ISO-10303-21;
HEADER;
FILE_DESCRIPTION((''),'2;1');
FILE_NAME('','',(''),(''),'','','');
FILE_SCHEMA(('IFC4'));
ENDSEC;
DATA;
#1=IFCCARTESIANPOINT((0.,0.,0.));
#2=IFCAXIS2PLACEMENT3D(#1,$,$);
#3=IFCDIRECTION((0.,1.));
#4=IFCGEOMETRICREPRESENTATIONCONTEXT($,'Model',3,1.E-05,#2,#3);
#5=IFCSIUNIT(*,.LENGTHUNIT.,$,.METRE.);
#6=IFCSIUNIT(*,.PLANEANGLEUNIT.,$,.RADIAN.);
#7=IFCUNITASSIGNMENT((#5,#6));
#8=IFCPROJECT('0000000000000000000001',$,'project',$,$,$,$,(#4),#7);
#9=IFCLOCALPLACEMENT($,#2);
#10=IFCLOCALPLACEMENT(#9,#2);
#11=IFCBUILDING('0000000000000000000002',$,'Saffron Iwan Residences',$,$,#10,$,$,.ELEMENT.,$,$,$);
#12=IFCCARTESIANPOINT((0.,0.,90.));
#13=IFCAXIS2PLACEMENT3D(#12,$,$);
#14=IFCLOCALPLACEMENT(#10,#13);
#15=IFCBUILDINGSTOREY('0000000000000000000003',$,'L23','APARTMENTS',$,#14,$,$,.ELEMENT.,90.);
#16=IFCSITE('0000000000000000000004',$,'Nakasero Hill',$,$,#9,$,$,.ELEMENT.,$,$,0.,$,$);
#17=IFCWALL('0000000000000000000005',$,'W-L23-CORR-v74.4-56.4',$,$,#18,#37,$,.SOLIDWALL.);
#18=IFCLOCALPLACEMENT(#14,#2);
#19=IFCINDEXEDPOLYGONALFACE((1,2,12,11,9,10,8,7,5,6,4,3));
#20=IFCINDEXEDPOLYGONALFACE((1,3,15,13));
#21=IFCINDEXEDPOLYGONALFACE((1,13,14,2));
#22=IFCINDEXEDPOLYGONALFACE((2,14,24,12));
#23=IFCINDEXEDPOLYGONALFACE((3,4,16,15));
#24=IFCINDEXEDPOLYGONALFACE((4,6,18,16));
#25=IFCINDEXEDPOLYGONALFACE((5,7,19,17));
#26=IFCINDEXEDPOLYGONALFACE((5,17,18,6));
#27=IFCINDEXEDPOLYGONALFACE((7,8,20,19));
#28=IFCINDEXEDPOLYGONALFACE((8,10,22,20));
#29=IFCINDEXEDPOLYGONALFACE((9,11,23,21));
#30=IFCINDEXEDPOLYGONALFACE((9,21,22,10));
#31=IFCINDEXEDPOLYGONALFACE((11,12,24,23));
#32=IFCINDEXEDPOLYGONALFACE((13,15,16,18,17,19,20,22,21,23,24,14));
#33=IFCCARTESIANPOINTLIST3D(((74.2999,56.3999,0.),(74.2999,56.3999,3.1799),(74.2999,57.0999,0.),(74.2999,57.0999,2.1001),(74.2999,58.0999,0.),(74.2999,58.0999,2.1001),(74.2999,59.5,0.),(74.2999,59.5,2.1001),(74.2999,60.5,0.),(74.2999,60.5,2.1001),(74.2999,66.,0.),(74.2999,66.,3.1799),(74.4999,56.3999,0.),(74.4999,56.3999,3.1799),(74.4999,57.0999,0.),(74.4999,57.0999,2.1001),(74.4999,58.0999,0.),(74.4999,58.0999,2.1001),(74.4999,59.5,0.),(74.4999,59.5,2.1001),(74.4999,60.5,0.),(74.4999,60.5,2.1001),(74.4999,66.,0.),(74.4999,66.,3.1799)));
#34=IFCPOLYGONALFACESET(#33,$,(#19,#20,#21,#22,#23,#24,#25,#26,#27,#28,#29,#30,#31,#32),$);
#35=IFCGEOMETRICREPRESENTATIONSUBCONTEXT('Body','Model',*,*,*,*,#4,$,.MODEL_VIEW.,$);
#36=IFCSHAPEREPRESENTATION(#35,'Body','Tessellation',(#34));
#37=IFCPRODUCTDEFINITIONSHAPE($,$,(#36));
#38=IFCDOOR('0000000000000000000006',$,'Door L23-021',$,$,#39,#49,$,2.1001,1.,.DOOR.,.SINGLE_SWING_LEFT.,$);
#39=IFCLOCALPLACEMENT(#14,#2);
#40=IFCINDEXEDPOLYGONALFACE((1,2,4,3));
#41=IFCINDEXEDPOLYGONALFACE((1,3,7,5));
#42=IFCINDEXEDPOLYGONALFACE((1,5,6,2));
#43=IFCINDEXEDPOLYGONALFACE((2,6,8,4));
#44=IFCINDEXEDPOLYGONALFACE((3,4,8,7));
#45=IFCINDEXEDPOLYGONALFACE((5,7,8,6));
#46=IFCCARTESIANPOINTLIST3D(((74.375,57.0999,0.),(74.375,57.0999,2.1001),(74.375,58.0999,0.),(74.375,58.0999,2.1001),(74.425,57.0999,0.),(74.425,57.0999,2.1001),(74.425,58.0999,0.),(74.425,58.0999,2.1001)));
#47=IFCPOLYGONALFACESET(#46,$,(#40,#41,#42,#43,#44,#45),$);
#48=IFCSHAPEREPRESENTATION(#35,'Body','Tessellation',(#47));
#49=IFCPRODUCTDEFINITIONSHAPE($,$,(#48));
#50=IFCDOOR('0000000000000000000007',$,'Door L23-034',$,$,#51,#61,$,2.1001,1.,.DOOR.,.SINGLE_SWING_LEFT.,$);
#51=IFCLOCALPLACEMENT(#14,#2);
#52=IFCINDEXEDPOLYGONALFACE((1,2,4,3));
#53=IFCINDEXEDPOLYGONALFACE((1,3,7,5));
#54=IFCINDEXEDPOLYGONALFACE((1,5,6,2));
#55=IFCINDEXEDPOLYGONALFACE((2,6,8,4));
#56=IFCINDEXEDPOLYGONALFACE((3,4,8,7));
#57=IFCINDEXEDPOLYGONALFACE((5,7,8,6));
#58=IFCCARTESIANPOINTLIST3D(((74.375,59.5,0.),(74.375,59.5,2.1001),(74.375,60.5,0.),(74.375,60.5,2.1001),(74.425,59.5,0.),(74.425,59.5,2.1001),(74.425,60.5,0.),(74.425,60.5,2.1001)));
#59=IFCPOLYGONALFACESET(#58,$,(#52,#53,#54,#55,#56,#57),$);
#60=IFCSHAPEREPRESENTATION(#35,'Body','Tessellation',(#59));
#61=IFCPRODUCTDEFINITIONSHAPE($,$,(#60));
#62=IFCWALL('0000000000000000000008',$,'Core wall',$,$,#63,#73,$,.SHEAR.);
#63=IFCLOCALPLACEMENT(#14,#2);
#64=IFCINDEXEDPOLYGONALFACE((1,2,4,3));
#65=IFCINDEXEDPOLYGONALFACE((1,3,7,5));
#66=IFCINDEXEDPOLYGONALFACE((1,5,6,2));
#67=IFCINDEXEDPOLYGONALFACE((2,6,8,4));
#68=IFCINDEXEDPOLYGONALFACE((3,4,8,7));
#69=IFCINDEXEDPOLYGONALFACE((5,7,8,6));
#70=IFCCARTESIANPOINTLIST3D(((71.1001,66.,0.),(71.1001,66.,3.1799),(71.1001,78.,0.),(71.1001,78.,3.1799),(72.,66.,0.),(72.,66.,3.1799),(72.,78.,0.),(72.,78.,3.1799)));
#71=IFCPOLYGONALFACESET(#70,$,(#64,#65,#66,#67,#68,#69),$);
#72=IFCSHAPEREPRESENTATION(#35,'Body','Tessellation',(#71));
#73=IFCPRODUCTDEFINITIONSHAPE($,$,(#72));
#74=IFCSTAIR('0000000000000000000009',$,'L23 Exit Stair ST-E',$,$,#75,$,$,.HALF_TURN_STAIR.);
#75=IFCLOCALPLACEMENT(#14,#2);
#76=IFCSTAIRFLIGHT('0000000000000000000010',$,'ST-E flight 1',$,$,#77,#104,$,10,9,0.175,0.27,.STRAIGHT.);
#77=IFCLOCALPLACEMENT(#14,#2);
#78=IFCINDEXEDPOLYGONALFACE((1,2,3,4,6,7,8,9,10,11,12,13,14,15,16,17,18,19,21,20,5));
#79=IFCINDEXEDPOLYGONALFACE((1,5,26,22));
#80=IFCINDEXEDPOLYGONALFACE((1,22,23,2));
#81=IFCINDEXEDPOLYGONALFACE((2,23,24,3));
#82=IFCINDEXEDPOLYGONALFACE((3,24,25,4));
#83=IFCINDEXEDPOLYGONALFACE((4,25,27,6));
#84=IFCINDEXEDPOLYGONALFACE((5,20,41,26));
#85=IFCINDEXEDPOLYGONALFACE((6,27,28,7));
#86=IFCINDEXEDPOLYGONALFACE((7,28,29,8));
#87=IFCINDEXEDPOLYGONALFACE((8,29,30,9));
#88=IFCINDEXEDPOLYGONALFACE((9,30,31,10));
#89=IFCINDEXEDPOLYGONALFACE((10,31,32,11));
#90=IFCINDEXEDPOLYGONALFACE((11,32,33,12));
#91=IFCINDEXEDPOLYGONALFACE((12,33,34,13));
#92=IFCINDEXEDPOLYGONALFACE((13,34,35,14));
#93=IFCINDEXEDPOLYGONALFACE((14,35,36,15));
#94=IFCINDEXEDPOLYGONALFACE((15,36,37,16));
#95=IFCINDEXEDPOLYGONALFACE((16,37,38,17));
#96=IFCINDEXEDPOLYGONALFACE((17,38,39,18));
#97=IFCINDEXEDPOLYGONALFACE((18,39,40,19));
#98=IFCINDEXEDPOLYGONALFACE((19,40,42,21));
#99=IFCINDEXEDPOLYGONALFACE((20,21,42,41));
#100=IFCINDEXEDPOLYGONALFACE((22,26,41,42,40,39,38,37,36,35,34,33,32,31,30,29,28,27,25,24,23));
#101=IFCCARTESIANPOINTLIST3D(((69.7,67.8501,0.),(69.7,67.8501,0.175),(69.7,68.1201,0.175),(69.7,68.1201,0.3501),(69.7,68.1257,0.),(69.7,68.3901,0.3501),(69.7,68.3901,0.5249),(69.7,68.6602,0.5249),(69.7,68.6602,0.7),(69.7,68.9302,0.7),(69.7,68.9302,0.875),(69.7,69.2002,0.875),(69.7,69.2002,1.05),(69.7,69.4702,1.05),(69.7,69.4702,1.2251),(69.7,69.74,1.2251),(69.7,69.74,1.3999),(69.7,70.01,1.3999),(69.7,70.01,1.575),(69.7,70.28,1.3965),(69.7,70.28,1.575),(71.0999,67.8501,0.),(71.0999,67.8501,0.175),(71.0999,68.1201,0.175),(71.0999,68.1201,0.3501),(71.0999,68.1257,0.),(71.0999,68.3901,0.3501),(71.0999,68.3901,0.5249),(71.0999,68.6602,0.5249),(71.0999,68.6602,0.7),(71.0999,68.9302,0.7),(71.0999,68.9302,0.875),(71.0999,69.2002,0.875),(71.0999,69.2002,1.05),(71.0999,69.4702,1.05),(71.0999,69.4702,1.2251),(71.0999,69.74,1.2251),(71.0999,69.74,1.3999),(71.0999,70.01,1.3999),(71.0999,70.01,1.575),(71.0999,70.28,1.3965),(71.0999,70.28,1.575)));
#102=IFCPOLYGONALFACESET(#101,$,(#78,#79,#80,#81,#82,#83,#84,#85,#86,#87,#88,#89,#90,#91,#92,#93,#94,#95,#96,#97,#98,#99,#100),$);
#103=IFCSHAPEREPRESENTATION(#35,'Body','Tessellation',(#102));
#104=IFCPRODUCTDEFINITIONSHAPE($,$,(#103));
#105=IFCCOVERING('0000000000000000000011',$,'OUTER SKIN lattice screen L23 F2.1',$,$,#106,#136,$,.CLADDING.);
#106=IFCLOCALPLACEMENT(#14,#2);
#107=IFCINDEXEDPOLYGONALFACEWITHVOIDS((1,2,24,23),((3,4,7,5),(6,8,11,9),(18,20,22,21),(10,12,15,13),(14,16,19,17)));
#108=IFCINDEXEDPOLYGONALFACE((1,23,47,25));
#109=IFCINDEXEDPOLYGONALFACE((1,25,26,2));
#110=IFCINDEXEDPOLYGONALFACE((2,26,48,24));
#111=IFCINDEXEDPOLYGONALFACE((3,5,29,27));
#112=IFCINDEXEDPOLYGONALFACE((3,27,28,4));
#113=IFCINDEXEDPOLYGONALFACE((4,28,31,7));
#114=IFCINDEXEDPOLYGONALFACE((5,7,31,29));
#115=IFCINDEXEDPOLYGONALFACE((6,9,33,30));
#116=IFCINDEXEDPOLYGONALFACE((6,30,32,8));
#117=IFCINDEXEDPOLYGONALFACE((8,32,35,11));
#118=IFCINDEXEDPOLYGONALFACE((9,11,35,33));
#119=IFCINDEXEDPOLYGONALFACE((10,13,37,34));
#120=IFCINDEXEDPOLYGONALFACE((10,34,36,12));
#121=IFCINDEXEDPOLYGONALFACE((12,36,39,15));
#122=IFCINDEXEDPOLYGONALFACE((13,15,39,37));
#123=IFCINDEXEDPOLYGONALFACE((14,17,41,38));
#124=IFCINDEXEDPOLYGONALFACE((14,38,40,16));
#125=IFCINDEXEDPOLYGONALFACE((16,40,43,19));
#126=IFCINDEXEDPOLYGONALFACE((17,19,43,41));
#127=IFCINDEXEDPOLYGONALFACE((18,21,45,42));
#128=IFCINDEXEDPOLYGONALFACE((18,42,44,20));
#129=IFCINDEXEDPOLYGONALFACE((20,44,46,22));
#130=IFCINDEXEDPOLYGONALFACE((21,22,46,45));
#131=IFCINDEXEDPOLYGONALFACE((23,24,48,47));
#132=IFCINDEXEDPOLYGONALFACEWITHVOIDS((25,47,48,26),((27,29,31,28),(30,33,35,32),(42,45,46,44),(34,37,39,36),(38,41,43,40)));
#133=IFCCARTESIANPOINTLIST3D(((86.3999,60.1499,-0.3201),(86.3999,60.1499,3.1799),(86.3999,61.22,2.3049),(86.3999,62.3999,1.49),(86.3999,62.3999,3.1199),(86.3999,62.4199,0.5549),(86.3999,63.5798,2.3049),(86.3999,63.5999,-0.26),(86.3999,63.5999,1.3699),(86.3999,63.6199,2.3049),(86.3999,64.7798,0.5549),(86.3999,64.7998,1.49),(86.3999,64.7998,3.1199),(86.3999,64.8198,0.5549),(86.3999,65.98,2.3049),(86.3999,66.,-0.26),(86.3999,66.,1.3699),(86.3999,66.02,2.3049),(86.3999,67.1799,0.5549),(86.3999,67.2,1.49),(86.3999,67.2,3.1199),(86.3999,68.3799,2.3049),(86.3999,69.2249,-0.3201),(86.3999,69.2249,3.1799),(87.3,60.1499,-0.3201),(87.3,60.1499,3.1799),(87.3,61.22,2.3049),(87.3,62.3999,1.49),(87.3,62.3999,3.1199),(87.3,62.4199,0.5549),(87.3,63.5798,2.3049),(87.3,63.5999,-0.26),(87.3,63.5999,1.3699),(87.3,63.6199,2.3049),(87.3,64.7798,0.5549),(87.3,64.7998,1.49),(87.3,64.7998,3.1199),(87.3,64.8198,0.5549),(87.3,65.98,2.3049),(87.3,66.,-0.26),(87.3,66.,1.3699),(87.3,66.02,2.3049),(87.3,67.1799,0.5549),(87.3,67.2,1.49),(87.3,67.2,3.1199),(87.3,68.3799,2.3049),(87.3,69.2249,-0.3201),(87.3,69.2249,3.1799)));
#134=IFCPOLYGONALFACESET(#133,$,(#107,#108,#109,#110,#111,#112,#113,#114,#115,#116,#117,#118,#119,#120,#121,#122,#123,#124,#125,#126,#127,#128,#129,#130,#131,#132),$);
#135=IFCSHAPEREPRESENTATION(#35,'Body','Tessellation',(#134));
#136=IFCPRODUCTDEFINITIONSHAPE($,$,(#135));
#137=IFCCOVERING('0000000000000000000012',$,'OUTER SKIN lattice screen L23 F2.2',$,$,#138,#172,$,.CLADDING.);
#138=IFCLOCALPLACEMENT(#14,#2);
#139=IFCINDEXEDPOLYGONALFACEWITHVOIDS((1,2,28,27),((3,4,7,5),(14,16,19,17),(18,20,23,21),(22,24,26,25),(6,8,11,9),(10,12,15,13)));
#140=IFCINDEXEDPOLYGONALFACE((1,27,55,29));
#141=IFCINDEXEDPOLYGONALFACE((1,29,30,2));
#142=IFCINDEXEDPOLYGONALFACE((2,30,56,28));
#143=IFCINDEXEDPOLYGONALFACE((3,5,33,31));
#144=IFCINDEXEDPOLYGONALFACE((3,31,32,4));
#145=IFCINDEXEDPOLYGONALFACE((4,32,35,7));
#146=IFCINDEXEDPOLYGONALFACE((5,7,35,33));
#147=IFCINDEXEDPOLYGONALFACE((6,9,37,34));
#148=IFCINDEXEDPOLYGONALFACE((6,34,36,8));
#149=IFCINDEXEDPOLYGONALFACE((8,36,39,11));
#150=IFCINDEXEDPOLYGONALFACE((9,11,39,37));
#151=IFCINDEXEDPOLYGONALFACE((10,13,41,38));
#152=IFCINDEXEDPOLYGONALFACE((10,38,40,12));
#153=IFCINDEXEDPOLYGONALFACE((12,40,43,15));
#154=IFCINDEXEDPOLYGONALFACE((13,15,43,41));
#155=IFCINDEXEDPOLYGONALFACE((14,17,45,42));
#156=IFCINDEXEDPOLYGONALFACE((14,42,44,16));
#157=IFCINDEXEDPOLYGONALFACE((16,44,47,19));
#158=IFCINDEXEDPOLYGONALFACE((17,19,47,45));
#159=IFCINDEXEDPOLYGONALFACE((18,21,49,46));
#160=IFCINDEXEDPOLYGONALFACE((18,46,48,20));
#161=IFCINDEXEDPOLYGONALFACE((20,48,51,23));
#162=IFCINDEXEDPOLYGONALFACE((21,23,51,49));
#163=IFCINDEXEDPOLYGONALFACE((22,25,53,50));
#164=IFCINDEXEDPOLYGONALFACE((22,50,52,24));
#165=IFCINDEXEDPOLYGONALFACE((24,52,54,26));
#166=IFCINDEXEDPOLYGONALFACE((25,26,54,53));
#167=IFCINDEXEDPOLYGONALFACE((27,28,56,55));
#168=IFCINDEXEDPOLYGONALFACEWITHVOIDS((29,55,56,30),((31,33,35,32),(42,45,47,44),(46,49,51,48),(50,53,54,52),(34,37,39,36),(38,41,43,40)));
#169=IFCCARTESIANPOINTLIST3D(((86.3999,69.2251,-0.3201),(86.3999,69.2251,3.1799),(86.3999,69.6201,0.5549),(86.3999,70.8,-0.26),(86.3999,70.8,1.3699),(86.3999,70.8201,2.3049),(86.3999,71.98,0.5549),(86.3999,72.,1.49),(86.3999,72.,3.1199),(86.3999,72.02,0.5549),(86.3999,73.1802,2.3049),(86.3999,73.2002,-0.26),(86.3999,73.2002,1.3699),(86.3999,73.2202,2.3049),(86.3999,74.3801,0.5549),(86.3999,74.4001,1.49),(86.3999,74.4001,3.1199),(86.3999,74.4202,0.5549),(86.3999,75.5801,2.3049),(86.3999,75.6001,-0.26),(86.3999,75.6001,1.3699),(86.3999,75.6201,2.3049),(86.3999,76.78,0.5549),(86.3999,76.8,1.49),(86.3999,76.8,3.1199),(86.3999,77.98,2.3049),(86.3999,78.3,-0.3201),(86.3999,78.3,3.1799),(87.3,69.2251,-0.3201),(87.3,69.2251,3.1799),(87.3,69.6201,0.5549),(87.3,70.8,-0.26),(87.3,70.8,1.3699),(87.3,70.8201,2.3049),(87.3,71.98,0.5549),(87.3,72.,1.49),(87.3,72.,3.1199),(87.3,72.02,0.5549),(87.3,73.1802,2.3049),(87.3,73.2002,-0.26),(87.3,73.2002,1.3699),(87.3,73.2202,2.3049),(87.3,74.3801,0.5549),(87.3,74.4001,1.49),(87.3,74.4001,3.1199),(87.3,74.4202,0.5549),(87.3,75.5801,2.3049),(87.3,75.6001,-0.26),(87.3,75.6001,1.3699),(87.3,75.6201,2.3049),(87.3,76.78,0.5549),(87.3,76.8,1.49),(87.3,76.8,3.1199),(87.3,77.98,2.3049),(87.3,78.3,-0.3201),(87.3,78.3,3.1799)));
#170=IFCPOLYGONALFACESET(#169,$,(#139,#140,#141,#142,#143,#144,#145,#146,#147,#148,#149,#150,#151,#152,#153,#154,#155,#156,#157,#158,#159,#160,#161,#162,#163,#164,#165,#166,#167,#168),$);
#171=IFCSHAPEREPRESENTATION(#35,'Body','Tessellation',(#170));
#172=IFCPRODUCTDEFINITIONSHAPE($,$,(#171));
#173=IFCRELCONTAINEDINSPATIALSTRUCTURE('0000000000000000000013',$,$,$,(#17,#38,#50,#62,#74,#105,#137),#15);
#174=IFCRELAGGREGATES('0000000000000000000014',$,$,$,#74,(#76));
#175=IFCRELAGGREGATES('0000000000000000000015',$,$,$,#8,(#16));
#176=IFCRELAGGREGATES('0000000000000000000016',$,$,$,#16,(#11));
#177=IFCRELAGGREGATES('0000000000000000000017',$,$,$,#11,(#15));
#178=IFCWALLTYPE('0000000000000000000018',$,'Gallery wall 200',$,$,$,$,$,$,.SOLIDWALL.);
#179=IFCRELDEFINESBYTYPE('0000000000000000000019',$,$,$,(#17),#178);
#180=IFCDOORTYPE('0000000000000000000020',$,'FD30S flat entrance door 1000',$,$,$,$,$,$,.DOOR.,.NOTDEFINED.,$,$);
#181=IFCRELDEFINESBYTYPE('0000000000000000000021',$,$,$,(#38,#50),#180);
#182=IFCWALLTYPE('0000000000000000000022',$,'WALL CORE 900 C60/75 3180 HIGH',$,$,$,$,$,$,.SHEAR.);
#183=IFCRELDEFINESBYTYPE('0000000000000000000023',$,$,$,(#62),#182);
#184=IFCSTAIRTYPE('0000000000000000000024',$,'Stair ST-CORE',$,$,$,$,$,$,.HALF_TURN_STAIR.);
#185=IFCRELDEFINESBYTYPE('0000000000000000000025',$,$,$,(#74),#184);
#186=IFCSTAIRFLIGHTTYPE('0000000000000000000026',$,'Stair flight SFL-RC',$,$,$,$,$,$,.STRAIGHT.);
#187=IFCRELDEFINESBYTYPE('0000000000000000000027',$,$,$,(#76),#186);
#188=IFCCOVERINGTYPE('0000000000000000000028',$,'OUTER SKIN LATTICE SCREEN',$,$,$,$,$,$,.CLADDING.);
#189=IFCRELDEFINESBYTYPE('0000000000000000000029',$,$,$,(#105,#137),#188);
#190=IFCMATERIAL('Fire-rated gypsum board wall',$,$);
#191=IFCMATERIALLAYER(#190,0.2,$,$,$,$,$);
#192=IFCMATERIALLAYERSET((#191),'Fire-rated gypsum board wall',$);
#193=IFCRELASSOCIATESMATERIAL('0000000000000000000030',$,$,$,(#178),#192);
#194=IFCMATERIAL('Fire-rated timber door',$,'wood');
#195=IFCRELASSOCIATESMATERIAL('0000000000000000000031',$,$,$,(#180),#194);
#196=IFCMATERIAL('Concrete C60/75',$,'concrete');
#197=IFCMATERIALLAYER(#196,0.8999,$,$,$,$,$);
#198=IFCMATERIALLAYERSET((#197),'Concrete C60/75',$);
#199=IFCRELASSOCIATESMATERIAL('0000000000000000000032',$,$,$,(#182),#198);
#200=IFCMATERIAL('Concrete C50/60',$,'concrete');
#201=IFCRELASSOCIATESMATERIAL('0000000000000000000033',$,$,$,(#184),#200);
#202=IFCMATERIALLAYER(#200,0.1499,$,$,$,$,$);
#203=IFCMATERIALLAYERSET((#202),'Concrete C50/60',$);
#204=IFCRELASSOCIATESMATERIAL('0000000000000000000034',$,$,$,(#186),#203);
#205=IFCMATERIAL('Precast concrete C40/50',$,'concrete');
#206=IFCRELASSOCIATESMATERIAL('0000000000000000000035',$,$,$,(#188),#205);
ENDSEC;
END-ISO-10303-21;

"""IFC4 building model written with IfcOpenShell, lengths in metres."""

from ifc_helpers import new_model, si_unit, direction, frame, frame_2d, origin, place, context, subcontext, project, spatial, polyline, rectangle, outline, extrude, material, layer, layer_set, type_object, element, fill, aggregate, save


model = new_model("IFC4")

# Units and contexts
model_context = context("Model", 3, precision=1e-05, world=origin(), true_north=direction((0.0, 1.0)))
body_context = subcontext(model_context, "Body", "Model", "MODEL_VIEW")
ifc_project = project(units=[si_unit("LENGTHUNIT", "METRE"), si_unit("PLANEANGLEUNIT", "RADIAN")], contexts=[model_context])

# Site, building, storey
site_placement = place(None, origin())
site = spatial("IfcSite", under=ifc_project, at=site_placement, Name="Nakasero Hill", CompositionType="ELEMENT", RefElevation=0.0)
building_placement = place(site_placement, origin())
building = spatial("IfcBuilding", under=site, at=building_placement, Name="Saffron Iwan Residences", CompositionType="ELEMENT")
storey_placement = place(building_placement, frame((0.0, 0.0, 90.0)))
storey = spatial("IfcBuildingStorey", under=building, at=storey_placement, Name="L23", Description="APARTMENTS", CompositionType="ELEMENT", Elevation=90.0)

# Shared definitions
ifc_material_1 = material(Name="Concrete C60/75", Category="concrete")

# Shared definitions
ifc_material_2 = material(Name="Fire-rated gypsum board wall")

# Shared definitions
ifc_layer_1 = layer(ifc_material_2, 0.2)
ifc_layer_set_1 = layer_set([ifc_layer_1], Name="Fire-rated gypsum board wall")
wall_type_1 = type_object("IfcWallType", Name="Gallery wall 200", PredefinedType="SOLIDWALL", material=ifc_layer_set_1)

# Wall, openings, doors
wall_1_placement = place(storey_placement, frame((74.3999, 56.3999, 0.0), z_axis=(0.0, 0.0, 1.0), x_axis=(0.0, 1.0, 0.0)))
wall_1 = element("IfcWall", 1, at=wall_1_placement, inside=storey, type_object=wall_type_1, Name="W-L23-CORR-v74.4-56.4", PredefinedType="SOLIDWALL", context=body_context, shape_type="SweptSolid", body=[
    extrude(rectangle(XDim=9.6001, YDim=0.2, at=frame_2d((4.8, 0.0))), origin(), (0.0, 0.0, 1.0), 3.1799),
])
opening_1_placement = place(wall_1_placement, frame((0.7, 0.0, 0.0)))
opening_1 = element("IfcOpeningElement", 2, at=opening_1_placement, cuts=wall_1, PredefinedType="OPENING", context=body_context, shape_type="SweptSolid", body=[
    extrude(rectangle(XDim=1.0, YDim=2.1001, at=frame_2d((0.5, 1.05))), frame((0.0, 0.1099, 0.0), z_axis=(0.0, -1.0, 0.0), x_axis=(1.0, 0.0, 0.0)), (0.0, 0.0, 1.0), 0.22),
])
opening_2_placement = place(wall_1_placement, frame((3.1001, 0.0, 0.0)))
opening_2 = element("IfcOpeningElement", 3, at=opening_2_placement, cuts=wall_1, PredefinedType="OPENING", context=body_context, shape_type="SweptSolid", body=[
    extrude(rectangle(XDim=1.0, YDim=2.1001, at=frame_2d((0.5, 1.05))), frame((0.0, 0.1099, 0.0), z_axis=(0.0, -1.0, 0.0), x_axis=(1.0, 0.0, 0.0)), (0.0, 0.0, 1.0), 0.22),
])
ifc_material_3 = material(Name="Fire-rated timber door", Category="wood")
door_type_1 = type_object("IfcDoorType", Name="FD30S flat entrance door 1000", OperationType="NOTDEFINED", PredefinedType="DOOR", material=ifc_material_3)
door_1_placement = place(opening_1_placement, origin())
door_1 = element("IfcDoor", 4, at=door_1_placement, inside=storey, type_object=door_type_1, Name="Door L23-021", OperationType="SINGLE_SWING_LEFT", OverallHeight=2.1001, OverallWidth=1.0, PredefinedType="DOOR", context=body_context, shape_type="SweptSolid", body=[
    extrude(rectangle(XDim=1.0, YDim=2.1001, at=frame_2d((0.5, 1.05))), frame((0.0, 0.0249, 0.0), z_axis=(0.0, -1.0, 0.0), x_axis=(1.0, 0.0, 0.0)), (0.0, 0.0, 1.0), 0.05),
])
fill(opening_1, door_1)
door_2_placement = place(opening_2_placement, origin())
door_2 = element("IfcDoor", 5, at=door_2_placement, inside=storey, type_object=door_type_1, Name="Door L23-034", OperationType="SINGLE_SWING_LEFT", OverallHeight=2.1001, OverallWidth=1.0, PredefinedType="DOOR", context=body_context, shape_type="SweptSolid", body=[
    extrude(rectangle(XDim=1.0, YDim=2.1001, at=frame_2d((0.5, 1.05))), frame((0.0, 0.0249, 0.0), z_axis=(0.0, -1.0, 0.0), x_axis=(1.0, 0.0, 0.0)), (0.0, 0.0, 1.0), 0.05),
])
fill(opening_2, door_2)

# Wall
ifc_layer_2 = layer(ifc_material_1, 0.8999)
ifc_layer_set_2 = layer_set([ifc_layer_2], Name="Concrete C60/75")
wall_type_2 = type_object("IfcWallType", Name="WALL CORE 900 C60/75 3180 HIGH", PredefinedType="SHEAR", material=ifc_layer_set_2)
wall_2_placement = place(storey_placement, frame((71.55, 66.0, 0.0), z_axis=(0.0, 0.0, 1.0), x_axis=(0.0, 1.0, 0.0)))
element("IfcWall", 6, at=wall_2_placement, inside=storey, type_object=wall_type_2, Name="Core wall", PredefinedType="SHEAR", context=body_context, shape_type="SweptSolid", body=[
    extrude(rectangle(XDim=12.0, YDim=0.8999, at=frame_2d((6.0, 0.0))), origin(), (0.0, 0.0, 1.0), 3.1799),
])

# Stair, stair flight
ifc_material_4 = material(Name="Concrete C50/60", Category="concrete")
stair_type = type_object("IfcStairType", Name="Stair ST-CORE", PredefinedType="HALF_TURN_STAIR", material=ifc_material_4)
stair_placement = place(storey_placement, origin())
stair = element("IfcStair", 7, at=stair_placement, inside=storey, type_object=stair_type, Name="L23 Exit Stair ST-E", PredefinedType="HALF_TURN_STAIR")
ifc_layer_3 = layer(ifc_material_4, 0.1499)
ifc_layer_set_3 = layer_set([ifc_layer_3], Name="Concrete C50/60")
stair_flight_type = type_object("IfcStairFlightType", Name="Stair flight SFL-RC", PredefinedType="STRAIGHT", material=ifc_layer_set_3)
stair_flight_placement = place(storey_placement, frame((70.3999, 67.8501, 0.0), z_axis=(0.0, 0.0, 1.0), x_axis=(0.0, 1.0, 0.0)))
stair_flight = element("IfcStairFlight", 8, at=stair_flight_placement, type_object=stair_flight_type, Name="ST-E flight 1", NumberOfRisers=10, NumberOfTreads=9, PredefinedType="STRAIGHT", RiserHeight=0.175, TreadLength=0.27, context=body_context, shape_type="SweptSolid", body=[
    extrude(outline(polyline([(0.0, 0.0), (0.0, 0.175), (0.27, 0.175), (0.27, 0.3501), (0.54, 0.3501), (0.54, 0.5249), (0.8101, 0.5249), (0.8101, 0.7), (1.0801, 0.7), (1.0801, 0.875), (1.3501, 0.875), (1.3501, 1.05), (1.6201, 1.05), (1.6201, 1.2251), (1.8899, 1.2251), (1.8899, 1.3999), (2.1599, 1.3999), (2.1599, 1.575), (2.4299, 1.575), (2.4299, 1.75), (2.4299, 1.3965), (0.2756, 0.0), (0.0, 0.0)])), frame((0.0, 0.7, 0.0), z_axis=(0.0, -1.0, 0.0), x_axis=(1.0, 0.0, 0.0)), (0.0, 0.0, 1.0), 1.3999),
])
aggregate(stair, [stair_flight])

# Coverings
ifc_material_5 = material(Name="Precast concrete C40/50", Category="concrete")
covering_type = type_object("IfcCoveringType", Name="OUTER SKIN LATTICE SCREEN", PredefinedType="CLADDING", material=ifc_material_5)
covering_1_placement = place(storey_placement, frame((86.3999, 60.1499, -0.3201), z_axis=(1.0, 0.0, 0.0), x_axis=(0.0, 1.0, 0.0)))
element("IfcCovering", 9, at=covering_1_placement, inside=storey, type_object=covering_type, Name="OUTER SKIN lattice screen L23 F2.1", PredefinedType="CLADDING", context=body_context, shape_type="SweptSolid", body=[
    extrude(outline(polyline([(0.0, 0.0), (9.075, 0.0), (9.075, 3.5), (0.0, 3.5), (0.0, 0.0)]), holes=[polyline([(2.27, 0.875), (3.45, 0.0601), (4.6299, 0.875), (3.45, 1.6899), (2.27, 0.875)]), polyline([(4.6699, 0.875), (5.8501, 0.0601), (7.03, 0.875), (5.8501, 1.6899), (4.6699, 0.875)]), polyline([(1.0701, 2.625), (2.25, 1.8101), (3.4299, 2.625), (2.25, 3.4399), (1.0701, 2.625)]), polyline([(3.47, 2.625), (4.6499, 1.8101), (5.8301, 2.625), (4.6499, 3.4399), (3.47, 2.625)]), polyline([(5.8701, 2.625), (7.05, 1.8101), (8.23, 2.625), (7.05, 3.4399), (5.8701, 2.625)])]), origin(), (0.0, 0.0, 1.0), 0.9001),
])
covering_2_placement = place(storey_placement, frame((86.3999, 69.2251, -0.3201), z_axis=(1.0, 0.0, 0.0), x_axis=(0.0, 1.0, 0.0)))
element("IfcCovering", 10, at=covering_2_placement, inside=storey, type_object=covering_type, Name="OUTER SKIN lattice screen L23 F2.2", PredefinedType="CLADDING", context=body_context, shape_type="SweptSolid", body=[
    extrude(outline(polyline([(0.0, 0.0), (9.075, 0.0), (9.075, 3.5), (0.0, 3.5), (0.0, 0.0)]), holes=[polyline([(0.395, 0.875), (1.575, 0.0601), (2.7549, 0.875), (1.575, 1.6899), (0.395, 0.875)]), polyline([(2.7949, 0.875), (3.9751, 0.0601), (5.155, 0.875), (3.9751, 1.6899), (2.7949, 0.875)]), polyline([(5.1951, 0.875), (6.375, 0.0601), (7.5549, 0.875), (6.375, 1.6899), (5.1951, 0.875)]), polyline([(1.595, 2.625), (2.7749, 1.8101), (3.9551, 2.625), (2.7749, 3.4399), (1.595, 2.625)]), polyline([(3.9951, 2.625), (5.175, 1.8101), (6.355, 2.625), (5.175, 3.4399), (3.9951, 2.625)]), polyline([(6.395, 2.625), (7.575, 1.8101), (8.7549, 2.625), (7.575, 3.4399), (6.395, 2.625)])]), origin(), (0.0, 0.0, 1.0), 0.9001),
])

save(model, "model.ifc")
